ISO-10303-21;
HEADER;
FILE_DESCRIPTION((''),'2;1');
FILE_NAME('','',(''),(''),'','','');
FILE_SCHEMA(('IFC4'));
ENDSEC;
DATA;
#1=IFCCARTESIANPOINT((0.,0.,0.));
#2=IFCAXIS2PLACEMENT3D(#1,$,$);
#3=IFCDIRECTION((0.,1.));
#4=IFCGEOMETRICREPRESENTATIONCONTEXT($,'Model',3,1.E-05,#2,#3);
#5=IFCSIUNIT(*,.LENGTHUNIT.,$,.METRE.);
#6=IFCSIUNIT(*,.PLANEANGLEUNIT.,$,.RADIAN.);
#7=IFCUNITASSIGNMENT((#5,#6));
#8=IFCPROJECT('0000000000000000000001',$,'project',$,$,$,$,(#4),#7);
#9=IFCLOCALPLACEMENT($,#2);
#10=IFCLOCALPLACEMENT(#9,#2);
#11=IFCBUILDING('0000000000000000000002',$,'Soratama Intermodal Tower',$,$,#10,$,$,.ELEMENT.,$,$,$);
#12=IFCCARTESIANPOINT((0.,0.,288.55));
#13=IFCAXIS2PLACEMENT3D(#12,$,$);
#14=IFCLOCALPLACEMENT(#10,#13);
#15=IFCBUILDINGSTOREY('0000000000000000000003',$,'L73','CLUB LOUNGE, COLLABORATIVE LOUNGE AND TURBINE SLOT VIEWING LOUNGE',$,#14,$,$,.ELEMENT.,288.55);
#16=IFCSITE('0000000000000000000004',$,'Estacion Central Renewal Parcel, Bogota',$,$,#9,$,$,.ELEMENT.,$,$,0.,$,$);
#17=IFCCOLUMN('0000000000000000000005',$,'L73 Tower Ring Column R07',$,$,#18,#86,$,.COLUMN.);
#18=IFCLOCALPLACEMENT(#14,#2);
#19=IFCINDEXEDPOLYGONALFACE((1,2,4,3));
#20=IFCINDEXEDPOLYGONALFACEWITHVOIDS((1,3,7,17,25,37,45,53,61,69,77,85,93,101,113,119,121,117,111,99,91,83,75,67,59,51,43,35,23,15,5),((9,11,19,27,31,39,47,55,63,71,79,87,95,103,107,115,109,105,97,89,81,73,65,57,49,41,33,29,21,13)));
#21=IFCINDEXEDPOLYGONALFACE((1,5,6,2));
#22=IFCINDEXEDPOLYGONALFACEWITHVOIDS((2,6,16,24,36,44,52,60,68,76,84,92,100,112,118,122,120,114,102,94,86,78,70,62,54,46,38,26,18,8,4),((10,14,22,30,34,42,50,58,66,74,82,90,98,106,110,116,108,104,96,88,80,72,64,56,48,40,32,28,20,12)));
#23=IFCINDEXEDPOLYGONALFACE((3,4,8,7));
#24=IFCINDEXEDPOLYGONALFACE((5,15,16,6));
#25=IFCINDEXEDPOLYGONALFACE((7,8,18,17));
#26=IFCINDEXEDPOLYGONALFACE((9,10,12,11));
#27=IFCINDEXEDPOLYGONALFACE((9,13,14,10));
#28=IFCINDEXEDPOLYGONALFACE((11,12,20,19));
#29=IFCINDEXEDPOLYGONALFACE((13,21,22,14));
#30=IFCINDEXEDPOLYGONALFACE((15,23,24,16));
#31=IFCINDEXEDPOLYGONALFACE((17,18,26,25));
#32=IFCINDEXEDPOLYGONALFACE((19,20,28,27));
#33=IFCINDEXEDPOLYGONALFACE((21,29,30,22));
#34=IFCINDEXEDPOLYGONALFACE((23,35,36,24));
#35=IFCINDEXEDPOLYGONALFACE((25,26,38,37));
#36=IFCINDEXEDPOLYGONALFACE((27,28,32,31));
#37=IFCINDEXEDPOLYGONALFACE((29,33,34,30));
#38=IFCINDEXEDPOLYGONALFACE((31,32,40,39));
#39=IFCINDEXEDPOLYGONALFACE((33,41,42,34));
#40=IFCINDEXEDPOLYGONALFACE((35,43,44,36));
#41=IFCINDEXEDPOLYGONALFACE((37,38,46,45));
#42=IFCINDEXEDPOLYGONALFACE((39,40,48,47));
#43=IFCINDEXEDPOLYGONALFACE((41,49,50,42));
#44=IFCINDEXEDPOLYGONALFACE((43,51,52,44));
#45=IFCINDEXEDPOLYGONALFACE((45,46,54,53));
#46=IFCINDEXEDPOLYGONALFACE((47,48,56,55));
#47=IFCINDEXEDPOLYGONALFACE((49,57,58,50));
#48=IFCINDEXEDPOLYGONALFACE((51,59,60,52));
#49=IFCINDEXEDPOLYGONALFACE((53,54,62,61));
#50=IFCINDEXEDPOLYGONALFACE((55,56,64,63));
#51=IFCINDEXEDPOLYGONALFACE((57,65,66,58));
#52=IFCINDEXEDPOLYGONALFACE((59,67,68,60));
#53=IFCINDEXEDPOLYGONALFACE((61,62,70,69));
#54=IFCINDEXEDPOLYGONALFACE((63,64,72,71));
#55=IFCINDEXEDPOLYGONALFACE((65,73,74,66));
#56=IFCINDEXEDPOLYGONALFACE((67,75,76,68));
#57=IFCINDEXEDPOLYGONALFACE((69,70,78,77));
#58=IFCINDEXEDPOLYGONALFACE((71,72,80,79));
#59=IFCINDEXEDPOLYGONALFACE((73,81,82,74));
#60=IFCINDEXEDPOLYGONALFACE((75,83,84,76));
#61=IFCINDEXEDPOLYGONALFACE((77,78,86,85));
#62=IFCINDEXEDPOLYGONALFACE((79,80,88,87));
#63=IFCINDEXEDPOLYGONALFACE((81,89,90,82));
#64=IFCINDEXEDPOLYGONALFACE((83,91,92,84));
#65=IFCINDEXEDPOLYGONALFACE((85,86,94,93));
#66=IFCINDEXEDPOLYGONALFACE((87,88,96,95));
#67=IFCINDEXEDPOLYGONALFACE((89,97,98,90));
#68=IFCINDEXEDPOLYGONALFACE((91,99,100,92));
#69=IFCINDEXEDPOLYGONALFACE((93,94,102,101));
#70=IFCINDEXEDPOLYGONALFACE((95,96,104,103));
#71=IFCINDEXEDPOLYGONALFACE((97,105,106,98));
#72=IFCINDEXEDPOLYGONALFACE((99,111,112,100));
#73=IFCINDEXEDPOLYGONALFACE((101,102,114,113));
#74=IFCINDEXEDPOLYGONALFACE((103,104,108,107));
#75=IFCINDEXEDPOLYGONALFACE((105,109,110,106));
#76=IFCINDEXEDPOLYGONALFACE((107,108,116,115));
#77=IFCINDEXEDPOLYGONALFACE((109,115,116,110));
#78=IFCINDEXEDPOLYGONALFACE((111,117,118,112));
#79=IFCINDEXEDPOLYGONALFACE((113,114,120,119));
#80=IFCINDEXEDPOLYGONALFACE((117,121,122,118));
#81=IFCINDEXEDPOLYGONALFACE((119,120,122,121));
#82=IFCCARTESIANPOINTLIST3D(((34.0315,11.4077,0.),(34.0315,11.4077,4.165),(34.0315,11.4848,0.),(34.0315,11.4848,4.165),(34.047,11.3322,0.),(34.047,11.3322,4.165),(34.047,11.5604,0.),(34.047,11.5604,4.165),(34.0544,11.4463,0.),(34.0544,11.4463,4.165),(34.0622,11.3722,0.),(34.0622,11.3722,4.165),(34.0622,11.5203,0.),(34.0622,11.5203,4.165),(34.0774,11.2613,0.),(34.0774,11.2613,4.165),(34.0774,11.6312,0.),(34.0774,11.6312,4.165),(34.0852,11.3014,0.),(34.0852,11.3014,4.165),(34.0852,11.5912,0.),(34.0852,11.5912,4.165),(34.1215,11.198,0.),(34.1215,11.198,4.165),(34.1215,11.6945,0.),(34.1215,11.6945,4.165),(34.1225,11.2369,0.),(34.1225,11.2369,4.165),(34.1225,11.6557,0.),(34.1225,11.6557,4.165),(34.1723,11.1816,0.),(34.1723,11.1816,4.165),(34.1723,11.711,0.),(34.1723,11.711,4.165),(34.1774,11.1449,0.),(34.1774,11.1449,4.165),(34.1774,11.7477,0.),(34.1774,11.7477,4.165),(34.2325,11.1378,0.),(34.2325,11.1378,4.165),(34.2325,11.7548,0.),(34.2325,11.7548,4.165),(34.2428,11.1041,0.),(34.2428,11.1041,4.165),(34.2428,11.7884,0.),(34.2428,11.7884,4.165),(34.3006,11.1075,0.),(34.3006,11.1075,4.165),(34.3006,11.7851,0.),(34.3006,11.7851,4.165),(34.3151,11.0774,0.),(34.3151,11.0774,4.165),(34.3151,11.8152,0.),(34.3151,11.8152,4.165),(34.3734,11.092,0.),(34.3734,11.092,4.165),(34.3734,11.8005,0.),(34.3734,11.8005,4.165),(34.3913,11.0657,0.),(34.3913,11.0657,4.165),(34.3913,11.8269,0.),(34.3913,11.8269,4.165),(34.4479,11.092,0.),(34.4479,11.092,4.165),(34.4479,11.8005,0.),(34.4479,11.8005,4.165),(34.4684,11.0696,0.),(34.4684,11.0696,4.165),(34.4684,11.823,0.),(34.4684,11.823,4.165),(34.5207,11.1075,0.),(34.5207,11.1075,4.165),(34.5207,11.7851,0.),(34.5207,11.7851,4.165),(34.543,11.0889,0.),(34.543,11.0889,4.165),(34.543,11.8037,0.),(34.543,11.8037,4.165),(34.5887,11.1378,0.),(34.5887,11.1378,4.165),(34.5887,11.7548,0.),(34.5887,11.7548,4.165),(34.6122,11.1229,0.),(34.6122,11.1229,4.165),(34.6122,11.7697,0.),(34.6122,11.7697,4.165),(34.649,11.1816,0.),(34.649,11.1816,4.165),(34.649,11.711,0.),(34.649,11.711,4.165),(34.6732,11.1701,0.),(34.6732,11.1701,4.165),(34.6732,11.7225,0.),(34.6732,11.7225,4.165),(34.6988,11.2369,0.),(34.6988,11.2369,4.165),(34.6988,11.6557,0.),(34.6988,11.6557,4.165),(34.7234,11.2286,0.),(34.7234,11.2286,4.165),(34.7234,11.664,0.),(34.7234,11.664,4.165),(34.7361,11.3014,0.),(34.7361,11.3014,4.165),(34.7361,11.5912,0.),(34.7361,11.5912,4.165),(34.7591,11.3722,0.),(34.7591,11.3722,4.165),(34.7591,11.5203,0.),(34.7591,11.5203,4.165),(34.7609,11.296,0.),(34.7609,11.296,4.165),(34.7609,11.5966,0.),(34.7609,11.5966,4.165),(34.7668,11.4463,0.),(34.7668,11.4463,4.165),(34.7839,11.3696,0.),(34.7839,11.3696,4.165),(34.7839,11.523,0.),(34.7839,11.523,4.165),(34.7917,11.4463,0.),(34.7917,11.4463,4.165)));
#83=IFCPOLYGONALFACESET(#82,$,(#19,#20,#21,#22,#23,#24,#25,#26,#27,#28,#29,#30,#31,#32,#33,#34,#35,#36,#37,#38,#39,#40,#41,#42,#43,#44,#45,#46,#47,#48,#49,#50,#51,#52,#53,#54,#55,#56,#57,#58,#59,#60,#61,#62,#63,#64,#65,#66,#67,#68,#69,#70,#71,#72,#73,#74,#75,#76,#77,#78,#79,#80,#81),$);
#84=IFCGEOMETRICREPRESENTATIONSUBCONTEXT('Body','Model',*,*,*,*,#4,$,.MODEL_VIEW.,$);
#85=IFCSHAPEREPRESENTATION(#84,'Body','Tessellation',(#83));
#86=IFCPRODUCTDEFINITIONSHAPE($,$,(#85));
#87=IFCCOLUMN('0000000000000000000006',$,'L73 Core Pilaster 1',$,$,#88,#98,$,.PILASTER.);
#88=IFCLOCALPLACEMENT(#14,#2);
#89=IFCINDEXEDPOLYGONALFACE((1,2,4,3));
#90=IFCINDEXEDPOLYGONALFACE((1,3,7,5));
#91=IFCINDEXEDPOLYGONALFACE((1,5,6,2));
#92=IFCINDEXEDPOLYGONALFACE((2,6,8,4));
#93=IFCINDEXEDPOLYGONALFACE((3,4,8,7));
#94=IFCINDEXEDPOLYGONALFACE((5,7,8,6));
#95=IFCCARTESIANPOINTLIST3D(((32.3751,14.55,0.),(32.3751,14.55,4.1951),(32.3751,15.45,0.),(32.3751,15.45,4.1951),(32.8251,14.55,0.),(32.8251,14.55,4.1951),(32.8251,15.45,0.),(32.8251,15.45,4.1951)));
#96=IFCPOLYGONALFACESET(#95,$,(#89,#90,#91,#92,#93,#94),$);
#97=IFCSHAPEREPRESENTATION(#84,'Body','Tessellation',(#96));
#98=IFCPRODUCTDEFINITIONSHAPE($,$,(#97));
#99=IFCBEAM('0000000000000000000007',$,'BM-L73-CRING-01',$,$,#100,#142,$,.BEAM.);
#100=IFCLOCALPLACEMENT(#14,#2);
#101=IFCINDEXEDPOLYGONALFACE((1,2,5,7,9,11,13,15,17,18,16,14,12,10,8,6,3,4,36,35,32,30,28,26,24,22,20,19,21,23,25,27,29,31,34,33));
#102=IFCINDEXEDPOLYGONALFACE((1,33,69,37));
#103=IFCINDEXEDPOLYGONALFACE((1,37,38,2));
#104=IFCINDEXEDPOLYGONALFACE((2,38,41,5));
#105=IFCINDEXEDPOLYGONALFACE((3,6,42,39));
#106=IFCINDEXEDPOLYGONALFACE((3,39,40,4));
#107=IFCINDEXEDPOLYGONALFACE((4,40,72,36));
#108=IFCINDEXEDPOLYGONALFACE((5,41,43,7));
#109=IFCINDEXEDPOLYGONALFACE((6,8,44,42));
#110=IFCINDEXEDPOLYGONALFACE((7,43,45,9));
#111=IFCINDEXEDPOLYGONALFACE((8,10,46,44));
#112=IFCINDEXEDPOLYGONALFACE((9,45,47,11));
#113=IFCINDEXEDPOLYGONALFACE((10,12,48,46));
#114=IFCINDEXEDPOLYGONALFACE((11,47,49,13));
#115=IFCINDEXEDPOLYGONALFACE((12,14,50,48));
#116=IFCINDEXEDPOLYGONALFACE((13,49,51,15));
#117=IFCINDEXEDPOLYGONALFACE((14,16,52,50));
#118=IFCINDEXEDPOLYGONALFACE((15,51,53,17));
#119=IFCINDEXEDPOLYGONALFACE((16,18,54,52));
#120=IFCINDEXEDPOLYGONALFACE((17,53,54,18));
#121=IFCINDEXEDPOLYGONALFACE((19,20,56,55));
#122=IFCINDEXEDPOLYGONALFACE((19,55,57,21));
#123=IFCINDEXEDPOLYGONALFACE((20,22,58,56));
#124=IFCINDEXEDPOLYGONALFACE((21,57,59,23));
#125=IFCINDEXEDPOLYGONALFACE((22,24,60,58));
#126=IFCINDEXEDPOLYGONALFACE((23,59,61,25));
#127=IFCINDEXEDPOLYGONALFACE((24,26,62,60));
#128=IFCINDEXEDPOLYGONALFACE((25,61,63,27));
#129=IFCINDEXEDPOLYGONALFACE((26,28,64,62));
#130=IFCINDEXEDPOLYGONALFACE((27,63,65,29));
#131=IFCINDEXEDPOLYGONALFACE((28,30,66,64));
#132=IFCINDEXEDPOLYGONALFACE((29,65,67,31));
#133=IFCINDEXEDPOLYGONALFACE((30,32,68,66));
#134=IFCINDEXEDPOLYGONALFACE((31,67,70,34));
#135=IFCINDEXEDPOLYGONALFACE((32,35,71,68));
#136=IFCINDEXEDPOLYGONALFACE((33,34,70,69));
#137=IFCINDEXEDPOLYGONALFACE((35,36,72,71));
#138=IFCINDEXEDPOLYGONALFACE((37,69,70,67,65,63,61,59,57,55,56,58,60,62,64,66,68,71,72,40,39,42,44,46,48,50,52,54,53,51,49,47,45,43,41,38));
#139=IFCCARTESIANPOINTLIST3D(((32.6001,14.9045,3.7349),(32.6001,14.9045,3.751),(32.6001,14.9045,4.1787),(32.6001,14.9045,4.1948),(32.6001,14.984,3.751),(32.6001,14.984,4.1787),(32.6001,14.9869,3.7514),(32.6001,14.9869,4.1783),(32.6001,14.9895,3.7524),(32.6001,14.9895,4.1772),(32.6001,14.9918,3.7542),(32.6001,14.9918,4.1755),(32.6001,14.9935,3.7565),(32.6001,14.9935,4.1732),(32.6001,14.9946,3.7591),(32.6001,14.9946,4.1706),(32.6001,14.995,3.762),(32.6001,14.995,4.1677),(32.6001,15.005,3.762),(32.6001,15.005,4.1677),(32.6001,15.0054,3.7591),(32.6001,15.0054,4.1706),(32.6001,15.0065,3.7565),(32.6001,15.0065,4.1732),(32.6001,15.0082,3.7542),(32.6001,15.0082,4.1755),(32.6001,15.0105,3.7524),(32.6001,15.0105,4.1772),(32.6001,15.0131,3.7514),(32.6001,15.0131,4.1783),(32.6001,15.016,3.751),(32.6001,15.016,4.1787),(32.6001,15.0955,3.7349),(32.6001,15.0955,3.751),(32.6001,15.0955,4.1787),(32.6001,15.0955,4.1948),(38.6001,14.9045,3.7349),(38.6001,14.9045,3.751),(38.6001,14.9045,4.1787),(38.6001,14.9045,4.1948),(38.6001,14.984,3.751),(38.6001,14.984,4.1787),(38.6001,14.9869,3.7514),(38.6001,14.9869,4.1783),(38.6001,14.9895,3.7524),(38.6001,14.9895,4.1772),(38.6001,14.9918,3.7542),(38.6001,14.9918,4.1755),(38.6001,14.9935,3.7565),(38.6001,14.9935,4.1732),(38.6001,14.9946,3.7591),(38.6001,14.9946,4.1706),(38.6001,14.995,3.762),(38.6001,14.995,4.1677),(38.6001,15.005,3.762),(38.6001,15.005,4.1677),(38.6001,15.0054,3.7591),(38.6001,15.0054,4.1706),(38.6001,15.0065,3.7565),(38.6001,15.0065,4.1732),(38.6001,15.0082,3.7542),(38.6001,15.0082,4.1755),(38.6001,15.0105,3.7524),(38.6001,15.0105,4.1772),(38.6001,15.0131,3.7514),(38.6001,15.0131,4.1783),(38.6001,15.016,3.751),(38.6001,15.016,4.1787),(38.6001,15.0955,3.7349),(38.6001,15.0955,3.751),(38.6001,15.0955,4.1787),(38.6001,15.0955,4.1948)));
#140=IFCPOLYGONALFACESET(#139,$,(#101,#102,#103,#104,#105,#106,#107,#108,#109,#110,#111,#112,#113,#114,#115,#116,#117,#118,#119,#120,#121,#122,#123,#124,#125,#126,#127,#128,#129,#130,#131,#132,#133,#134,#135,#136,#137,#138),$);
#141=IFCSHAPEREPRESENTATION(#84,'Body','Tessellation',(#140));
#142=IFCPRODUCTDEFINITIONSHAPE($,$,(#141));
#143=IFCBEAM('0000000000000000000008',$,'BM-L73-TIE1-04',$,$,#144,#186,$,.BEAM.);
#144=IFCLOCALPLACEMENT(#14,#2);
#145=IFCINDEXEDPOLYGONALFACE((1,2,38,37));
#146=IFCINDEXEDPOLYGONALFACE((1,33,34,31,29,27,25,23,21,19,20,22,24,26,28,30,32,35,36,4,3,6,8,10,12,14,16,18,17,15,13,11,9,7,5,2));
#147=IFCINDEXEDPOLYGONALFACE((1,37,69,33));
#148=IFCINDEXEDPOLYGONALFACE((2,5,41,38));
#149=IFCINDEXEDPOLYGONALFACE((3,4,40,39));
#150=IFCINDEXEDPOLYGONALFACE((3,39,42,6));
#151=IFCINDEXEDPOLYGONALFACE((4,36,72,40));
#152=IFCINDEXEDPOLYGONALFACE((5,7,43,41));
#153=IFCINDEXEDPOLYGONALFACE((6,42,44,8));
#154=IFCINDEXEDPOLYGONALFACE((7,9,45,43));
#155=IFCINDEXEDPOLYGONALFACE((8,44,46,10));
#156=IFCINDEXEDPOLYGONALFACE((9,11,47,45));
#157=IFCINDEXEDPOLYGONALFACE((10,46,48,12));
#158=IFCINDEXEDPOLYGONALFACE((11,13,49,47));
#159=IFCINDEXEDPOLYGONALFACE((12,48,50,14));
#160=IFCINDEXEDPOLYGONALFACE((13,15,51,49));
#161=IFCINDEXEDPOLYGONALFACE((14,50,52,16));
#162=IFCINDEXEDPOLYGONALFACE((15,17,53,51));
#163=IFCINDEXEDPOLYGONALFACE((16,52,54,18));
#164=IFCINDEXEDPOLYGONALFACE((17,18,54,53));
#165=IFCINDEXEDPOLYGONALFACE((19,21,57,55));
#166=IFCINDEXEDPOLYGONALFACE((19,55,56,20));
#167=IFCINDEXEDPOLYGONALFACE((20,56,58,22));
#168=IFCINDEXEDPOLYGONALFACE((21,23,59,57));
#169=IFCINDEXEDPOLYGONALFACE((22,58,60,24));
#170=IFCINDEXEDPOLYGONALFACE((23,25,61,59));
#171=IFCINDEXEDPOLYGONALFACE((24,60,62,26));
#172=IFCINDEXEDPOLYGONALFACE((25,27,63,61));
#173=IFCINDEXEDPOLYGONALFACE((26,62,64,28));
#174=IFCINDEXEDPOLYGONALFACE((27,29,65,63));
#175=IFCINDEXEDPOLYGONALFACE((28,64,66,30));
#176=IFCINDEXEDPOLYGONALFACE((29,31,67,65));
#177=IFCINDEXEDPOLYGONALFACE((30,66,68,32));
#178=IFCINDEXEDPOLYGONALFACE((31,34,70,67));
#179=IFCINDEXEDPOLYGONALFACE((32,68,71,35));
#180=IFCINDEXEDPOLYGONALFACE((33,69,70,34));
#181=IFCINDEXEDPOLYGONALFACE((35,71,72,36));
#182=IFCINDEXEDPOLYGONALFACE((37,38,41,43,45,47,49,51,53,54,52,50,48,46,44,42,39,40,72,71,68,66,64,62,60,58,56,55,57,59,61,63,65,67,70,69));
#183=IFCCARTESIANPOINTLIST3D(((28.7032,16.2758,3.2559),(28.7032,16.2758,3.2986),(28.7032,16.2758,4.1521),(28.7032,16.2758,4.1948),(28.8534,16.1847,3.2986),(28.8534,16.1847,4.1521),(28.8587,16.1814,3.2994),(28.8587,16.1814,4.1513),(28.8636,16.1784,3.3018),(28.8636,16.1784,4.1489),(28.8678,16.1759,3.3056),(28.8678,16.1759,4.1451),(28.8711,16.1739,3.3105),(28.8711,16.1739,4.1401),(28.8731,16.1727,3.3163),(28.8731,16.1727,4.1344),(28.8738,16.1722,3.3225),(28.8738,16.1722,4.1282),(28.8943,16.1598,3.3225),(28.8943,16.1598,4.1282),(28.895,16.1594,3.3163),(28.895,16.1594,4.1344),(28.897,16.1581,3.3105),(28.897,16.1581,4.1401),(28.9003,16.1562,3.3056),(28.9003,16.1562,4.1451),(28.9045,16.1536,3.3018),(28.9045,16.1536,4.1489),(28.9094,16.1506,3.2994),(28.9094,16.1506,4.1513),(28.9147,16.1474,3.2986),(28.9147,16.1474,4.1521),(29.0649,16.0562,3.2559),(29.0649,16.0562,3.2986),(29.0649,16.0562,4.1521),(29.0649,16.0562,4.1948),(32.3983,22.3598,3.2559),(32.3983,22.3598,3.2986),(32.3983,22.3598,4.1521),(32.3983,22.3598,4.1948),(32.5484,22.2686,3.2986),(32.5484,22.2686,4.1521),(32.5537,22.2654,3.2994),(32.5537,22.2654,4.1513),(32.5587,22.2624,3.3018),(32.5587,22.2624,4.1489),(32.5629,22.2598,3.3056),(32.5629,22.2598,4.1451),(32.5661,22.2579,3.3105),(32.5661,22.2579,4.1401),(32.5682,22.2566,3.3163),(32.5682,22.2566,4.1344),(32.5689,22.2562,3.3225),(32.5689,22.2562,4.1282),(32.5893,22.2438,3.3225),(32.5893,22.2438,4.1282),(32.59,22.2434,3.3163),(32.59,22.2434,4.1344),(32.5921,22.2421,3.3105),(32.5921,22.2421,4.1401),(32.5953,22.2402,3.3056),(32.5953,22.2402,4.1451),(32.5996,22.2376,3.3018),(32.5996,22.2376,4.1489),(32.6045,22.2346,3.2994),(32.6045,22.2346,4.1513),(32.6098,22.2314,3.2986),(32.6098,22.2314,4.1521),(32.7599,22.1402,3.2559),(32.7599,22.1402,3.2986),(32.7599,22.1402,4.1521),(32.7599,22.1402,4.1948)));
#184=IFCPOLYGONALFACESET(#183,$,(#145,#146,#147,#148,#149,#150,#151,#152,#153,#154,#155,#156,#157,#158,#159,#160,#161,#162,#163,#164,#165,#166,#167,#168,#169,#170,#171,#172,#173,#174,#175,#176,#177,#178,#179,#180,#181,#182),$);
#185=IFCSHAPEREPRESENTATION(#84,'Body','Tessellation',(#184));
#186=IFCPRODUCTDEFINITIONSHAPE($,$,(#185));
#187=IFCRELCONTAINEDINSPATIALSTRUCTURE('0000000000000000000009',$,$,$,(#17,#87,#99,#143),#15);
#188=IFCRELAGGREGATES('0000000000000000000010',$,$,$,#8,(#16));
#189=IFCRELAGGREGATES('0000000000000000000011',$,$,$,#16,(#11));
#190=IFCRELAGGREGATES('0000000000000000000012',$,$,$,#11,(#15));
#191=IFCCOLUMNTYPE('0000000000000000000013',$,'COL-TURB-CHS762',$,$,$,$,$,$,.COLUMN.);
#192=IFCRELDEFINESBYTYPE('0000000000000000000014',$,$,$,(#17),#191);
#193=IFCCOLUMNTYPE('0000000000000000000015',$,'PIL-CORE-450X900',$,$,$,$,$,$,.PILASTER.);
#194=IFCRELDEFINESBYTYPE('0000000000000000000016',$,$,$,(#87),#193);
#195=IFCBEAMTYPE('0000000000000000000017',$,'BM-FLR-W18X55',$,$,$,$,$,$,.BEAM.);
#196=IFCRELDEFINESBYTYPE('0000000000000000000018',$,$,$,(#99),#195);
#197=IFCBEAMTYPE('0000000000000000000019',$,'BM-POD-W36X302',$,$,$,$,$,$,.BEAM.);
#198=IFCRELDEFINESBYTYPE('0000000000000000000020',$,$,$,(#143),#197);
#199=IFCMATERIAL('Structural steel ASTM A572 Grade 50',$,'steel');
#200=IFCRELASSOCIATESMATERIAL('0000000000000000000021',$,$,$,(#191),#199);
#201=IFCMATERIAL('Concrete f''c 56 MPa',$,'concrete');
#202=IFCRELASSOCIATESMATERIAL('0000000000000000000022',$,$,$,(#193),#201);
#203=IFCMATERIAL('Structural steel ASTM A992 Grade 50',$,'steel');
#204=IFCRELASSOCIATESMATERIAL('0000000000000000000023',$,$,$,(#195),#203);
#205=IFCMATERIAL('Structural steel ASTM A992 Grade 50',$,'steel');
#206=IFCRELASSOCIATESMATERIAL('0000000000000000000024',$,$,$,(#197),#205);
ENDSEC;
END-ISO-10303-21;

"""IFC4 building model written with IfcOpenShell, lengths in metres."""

from ifc_helpers import new_model, si_unit, direction, frame, origin, origin_2d, place, context, subcontext, project, spatial, rectangle, hollow_circle, i_section, extrude, material, material_profile, profile_set, type_object, element, save


model = new_model("IFC4")

# Units and contexts
model_context = context("Model", 3, precision=1e-05, world=origin(), true_north=direction((0.0, 1.0)))
body_context = subcontext(model_context, "Body", "Model", "MODEL_VIEW")
ifc_project = project(units=[si_unit("LENGTHUNIT", "METRE"), si_unit("PLANEANGLEUNIT", "RADIAN")], contexts=[model_context])

# Site, building, storey
site_placement = place(None, origin())
site = spatial("IfcSite", under=ifc_project, at=site_placement, Name="Estacion Central Renewal Parcel, Bogota", CompositionType="ELEMENT", RefElevation=0.0)
building_placement = place(site_placement, origin())
building = spatial("IfcBuilding", under=site, at=building_placement, Name="Soratama Intermodal Tower", CompositionType="ELEMENT")
storey_placement = place(building_placement, frame((0.0, 0.0, 288.55)))
storey = spatial("IfcBuildingStorey", under=building, at=storey_placement, Name="L73", Description="CLUB LOUNGE, COLLABORATIVE LOUNGE AND TURBINE SLOT VIEWING LOUNGE", CompositionType="ELEMENT", Elevation=288.55)

# Columns
ifc_material_1 = material(Name="Structural steel ASTM A572 Grade 50", Category="steel")
ifc_material_profile_1 = material_profile(ifc_material_1, hollow_circle(Radius=0.3811, WallThickness=0.0249, at=origin_2d()), Name="CHS762X25")
ifc_profile_set_1 = profile_set([ifc_material_profile_1], Name="Structural steel ASTM A572 Grade 50")
column_type_1 = type_object("IfcColumnType", Name="COL-TURB-CHS762", PredefinedType="COLUMN", material=ifc_profile_set_1)
column_1_placement = place(storey_placement, frame((34.4106, 11.4463, 0.0), z_axis=(0.0, 0.0, 1.0), x_axis=(1.0, 0.0, 0.0)))
element("IfcColumn", 1, at=column_1_placement, inside=storey, type_object=column_type_1, Name="L73 Tower Ring Column R07", PredefinedType="COLUMN", context=body_context, shape_type="SweptSolid", body=[
    extrude(hollow_circle(Radius=0.3811, WallThickness=0.0249, at=origin_2d()), origin(), (0.0, 0.0, 1.0), 4.165),
])
ifc_material_2 = material(Name="Concrete f'c 56 MPa", Category="concrete")
ifc_material_profile_2 = material_profile(ifc_material_2, rectangle(XDim=0.45, YDim=0.8999, at=origin_2d()), Name="RC450X900")
ifc_profile_set_2 = profile_set([ifc_material_profile_2], Name="Concrete f'c 56 MPa")
column_type_2 = type_object("IfcColumnType", Name="PIL-CORE-450X900", PredefinedType="PILASTER", material=ifc_profile_set_2)
column_2_placement = place(storey_placement, frame((32.6001, 15.0, 0.0), z_axis=(0.0, 0.0, 1.0), x_axis=(1.0, 0.0, 0.0)))
element("IfcColumn", 2, at=column_2_placement, inside=storey, type_object=column_type_2, Name="L73 Core Pilaster 1", PredefinedType="PILASTER", context=body_context, shape_type="SweptSolid", body=[
    extrude(rectangle(XDim=0.45, YDim=0.8999, at=origin_2d()), origin(), (0.0, 0.0, 1.0), 4.1951),
])

# Beams
ifc_material_3 = material(Name="Structural steel ASTM A992 Grade 50", Category="steel")
ifc_material_profile_3 = material_profile(ifc_material_3, i_section(OverallWidth=0.1909, OverallDepth=0.46, WebThickness=0.01, FlangeThickness=0.0161, FilletRadius=0.011, at=origin_2d()), Name="W18X55")
ifc_profile_set_3 = profile_set([ifc_material_profile_3], Name="Structural steel ASTM A992 Grade 50")
beam_type_1 = type_object("IfcBeamType", Name="BM-FLR-W18X55", PredefinedType="BEAM", material=ifc_profile_set_3)
beam_1_placement = place(storey_placement, frame((32.6001, 15.0, 3.9648), z_axis=(1.0, 0.0, 0.0), x_axis=(0.0, 1.0, 0.0)))
element("IfcBeam", 3, at=beam_1_placement, inside=storey, type_object=beam_type_1, Name="BM-L73-CRING-01", PredefinedType="BEAM", context=body_context, shape_type="SweptSolid", body=[
    extrude(i_section(OverallWidth=0.1909, OverallDepth=0.46, WebThickness=0.01, FlangeThickness=0.0161, FilletRadius=0.011, at=origin_2d()), origin(), (0.0, 0.0, 1.0), 6.0),
])
ifc_material_4 = material(Name="Structural steel ASTM A992 Grade 50", Category="steel")
ifc_material_profile_4 = material_profile(ifc_material_4, i_section(OverallWidth=0.4231, OverallDepth=0.939, WebThickness=0.0239, FlangeThickness=0.0427, FilletRadius=0.0239, at=origin_2d()), Name="W36X302")
ifc_profile_set_4 = profile_set([ifc_material_profile_4], Name="Structural steel ASTM A992 Grade 50")
beam_type_2 = type_object("IfcBeamType", Name="BM-POD-W36X302", PredefinedType="BEAM", material=ifc_profile_set_4)
beam_2_placement = place(storey_placement, frame((32.5791, 22.25, 3.7253), z_axis=(-0.519103, -0.854711, 0.0), x_axis=(0.854711, -0.519103, 0.0)))
element("IfcBeam", 4, at=beam_2_placement, inside=storey, type_object=beam_type_2, Name="BM-L73-TIE1-04", PredefinedType="BEAM", context=body_context, shape_type="SweptSolid", body=[
    extrude(i_section(OverallWidth=0.4231, OverallDepth=0.939, WebThickness=0.0239, FlangeThickness=0.0427, FilletRadius=0.0239, at=origin_2d()), origin(), (0.0, 0.0, 1.0), 7.1182),
])

save(model, "model.ifc")
